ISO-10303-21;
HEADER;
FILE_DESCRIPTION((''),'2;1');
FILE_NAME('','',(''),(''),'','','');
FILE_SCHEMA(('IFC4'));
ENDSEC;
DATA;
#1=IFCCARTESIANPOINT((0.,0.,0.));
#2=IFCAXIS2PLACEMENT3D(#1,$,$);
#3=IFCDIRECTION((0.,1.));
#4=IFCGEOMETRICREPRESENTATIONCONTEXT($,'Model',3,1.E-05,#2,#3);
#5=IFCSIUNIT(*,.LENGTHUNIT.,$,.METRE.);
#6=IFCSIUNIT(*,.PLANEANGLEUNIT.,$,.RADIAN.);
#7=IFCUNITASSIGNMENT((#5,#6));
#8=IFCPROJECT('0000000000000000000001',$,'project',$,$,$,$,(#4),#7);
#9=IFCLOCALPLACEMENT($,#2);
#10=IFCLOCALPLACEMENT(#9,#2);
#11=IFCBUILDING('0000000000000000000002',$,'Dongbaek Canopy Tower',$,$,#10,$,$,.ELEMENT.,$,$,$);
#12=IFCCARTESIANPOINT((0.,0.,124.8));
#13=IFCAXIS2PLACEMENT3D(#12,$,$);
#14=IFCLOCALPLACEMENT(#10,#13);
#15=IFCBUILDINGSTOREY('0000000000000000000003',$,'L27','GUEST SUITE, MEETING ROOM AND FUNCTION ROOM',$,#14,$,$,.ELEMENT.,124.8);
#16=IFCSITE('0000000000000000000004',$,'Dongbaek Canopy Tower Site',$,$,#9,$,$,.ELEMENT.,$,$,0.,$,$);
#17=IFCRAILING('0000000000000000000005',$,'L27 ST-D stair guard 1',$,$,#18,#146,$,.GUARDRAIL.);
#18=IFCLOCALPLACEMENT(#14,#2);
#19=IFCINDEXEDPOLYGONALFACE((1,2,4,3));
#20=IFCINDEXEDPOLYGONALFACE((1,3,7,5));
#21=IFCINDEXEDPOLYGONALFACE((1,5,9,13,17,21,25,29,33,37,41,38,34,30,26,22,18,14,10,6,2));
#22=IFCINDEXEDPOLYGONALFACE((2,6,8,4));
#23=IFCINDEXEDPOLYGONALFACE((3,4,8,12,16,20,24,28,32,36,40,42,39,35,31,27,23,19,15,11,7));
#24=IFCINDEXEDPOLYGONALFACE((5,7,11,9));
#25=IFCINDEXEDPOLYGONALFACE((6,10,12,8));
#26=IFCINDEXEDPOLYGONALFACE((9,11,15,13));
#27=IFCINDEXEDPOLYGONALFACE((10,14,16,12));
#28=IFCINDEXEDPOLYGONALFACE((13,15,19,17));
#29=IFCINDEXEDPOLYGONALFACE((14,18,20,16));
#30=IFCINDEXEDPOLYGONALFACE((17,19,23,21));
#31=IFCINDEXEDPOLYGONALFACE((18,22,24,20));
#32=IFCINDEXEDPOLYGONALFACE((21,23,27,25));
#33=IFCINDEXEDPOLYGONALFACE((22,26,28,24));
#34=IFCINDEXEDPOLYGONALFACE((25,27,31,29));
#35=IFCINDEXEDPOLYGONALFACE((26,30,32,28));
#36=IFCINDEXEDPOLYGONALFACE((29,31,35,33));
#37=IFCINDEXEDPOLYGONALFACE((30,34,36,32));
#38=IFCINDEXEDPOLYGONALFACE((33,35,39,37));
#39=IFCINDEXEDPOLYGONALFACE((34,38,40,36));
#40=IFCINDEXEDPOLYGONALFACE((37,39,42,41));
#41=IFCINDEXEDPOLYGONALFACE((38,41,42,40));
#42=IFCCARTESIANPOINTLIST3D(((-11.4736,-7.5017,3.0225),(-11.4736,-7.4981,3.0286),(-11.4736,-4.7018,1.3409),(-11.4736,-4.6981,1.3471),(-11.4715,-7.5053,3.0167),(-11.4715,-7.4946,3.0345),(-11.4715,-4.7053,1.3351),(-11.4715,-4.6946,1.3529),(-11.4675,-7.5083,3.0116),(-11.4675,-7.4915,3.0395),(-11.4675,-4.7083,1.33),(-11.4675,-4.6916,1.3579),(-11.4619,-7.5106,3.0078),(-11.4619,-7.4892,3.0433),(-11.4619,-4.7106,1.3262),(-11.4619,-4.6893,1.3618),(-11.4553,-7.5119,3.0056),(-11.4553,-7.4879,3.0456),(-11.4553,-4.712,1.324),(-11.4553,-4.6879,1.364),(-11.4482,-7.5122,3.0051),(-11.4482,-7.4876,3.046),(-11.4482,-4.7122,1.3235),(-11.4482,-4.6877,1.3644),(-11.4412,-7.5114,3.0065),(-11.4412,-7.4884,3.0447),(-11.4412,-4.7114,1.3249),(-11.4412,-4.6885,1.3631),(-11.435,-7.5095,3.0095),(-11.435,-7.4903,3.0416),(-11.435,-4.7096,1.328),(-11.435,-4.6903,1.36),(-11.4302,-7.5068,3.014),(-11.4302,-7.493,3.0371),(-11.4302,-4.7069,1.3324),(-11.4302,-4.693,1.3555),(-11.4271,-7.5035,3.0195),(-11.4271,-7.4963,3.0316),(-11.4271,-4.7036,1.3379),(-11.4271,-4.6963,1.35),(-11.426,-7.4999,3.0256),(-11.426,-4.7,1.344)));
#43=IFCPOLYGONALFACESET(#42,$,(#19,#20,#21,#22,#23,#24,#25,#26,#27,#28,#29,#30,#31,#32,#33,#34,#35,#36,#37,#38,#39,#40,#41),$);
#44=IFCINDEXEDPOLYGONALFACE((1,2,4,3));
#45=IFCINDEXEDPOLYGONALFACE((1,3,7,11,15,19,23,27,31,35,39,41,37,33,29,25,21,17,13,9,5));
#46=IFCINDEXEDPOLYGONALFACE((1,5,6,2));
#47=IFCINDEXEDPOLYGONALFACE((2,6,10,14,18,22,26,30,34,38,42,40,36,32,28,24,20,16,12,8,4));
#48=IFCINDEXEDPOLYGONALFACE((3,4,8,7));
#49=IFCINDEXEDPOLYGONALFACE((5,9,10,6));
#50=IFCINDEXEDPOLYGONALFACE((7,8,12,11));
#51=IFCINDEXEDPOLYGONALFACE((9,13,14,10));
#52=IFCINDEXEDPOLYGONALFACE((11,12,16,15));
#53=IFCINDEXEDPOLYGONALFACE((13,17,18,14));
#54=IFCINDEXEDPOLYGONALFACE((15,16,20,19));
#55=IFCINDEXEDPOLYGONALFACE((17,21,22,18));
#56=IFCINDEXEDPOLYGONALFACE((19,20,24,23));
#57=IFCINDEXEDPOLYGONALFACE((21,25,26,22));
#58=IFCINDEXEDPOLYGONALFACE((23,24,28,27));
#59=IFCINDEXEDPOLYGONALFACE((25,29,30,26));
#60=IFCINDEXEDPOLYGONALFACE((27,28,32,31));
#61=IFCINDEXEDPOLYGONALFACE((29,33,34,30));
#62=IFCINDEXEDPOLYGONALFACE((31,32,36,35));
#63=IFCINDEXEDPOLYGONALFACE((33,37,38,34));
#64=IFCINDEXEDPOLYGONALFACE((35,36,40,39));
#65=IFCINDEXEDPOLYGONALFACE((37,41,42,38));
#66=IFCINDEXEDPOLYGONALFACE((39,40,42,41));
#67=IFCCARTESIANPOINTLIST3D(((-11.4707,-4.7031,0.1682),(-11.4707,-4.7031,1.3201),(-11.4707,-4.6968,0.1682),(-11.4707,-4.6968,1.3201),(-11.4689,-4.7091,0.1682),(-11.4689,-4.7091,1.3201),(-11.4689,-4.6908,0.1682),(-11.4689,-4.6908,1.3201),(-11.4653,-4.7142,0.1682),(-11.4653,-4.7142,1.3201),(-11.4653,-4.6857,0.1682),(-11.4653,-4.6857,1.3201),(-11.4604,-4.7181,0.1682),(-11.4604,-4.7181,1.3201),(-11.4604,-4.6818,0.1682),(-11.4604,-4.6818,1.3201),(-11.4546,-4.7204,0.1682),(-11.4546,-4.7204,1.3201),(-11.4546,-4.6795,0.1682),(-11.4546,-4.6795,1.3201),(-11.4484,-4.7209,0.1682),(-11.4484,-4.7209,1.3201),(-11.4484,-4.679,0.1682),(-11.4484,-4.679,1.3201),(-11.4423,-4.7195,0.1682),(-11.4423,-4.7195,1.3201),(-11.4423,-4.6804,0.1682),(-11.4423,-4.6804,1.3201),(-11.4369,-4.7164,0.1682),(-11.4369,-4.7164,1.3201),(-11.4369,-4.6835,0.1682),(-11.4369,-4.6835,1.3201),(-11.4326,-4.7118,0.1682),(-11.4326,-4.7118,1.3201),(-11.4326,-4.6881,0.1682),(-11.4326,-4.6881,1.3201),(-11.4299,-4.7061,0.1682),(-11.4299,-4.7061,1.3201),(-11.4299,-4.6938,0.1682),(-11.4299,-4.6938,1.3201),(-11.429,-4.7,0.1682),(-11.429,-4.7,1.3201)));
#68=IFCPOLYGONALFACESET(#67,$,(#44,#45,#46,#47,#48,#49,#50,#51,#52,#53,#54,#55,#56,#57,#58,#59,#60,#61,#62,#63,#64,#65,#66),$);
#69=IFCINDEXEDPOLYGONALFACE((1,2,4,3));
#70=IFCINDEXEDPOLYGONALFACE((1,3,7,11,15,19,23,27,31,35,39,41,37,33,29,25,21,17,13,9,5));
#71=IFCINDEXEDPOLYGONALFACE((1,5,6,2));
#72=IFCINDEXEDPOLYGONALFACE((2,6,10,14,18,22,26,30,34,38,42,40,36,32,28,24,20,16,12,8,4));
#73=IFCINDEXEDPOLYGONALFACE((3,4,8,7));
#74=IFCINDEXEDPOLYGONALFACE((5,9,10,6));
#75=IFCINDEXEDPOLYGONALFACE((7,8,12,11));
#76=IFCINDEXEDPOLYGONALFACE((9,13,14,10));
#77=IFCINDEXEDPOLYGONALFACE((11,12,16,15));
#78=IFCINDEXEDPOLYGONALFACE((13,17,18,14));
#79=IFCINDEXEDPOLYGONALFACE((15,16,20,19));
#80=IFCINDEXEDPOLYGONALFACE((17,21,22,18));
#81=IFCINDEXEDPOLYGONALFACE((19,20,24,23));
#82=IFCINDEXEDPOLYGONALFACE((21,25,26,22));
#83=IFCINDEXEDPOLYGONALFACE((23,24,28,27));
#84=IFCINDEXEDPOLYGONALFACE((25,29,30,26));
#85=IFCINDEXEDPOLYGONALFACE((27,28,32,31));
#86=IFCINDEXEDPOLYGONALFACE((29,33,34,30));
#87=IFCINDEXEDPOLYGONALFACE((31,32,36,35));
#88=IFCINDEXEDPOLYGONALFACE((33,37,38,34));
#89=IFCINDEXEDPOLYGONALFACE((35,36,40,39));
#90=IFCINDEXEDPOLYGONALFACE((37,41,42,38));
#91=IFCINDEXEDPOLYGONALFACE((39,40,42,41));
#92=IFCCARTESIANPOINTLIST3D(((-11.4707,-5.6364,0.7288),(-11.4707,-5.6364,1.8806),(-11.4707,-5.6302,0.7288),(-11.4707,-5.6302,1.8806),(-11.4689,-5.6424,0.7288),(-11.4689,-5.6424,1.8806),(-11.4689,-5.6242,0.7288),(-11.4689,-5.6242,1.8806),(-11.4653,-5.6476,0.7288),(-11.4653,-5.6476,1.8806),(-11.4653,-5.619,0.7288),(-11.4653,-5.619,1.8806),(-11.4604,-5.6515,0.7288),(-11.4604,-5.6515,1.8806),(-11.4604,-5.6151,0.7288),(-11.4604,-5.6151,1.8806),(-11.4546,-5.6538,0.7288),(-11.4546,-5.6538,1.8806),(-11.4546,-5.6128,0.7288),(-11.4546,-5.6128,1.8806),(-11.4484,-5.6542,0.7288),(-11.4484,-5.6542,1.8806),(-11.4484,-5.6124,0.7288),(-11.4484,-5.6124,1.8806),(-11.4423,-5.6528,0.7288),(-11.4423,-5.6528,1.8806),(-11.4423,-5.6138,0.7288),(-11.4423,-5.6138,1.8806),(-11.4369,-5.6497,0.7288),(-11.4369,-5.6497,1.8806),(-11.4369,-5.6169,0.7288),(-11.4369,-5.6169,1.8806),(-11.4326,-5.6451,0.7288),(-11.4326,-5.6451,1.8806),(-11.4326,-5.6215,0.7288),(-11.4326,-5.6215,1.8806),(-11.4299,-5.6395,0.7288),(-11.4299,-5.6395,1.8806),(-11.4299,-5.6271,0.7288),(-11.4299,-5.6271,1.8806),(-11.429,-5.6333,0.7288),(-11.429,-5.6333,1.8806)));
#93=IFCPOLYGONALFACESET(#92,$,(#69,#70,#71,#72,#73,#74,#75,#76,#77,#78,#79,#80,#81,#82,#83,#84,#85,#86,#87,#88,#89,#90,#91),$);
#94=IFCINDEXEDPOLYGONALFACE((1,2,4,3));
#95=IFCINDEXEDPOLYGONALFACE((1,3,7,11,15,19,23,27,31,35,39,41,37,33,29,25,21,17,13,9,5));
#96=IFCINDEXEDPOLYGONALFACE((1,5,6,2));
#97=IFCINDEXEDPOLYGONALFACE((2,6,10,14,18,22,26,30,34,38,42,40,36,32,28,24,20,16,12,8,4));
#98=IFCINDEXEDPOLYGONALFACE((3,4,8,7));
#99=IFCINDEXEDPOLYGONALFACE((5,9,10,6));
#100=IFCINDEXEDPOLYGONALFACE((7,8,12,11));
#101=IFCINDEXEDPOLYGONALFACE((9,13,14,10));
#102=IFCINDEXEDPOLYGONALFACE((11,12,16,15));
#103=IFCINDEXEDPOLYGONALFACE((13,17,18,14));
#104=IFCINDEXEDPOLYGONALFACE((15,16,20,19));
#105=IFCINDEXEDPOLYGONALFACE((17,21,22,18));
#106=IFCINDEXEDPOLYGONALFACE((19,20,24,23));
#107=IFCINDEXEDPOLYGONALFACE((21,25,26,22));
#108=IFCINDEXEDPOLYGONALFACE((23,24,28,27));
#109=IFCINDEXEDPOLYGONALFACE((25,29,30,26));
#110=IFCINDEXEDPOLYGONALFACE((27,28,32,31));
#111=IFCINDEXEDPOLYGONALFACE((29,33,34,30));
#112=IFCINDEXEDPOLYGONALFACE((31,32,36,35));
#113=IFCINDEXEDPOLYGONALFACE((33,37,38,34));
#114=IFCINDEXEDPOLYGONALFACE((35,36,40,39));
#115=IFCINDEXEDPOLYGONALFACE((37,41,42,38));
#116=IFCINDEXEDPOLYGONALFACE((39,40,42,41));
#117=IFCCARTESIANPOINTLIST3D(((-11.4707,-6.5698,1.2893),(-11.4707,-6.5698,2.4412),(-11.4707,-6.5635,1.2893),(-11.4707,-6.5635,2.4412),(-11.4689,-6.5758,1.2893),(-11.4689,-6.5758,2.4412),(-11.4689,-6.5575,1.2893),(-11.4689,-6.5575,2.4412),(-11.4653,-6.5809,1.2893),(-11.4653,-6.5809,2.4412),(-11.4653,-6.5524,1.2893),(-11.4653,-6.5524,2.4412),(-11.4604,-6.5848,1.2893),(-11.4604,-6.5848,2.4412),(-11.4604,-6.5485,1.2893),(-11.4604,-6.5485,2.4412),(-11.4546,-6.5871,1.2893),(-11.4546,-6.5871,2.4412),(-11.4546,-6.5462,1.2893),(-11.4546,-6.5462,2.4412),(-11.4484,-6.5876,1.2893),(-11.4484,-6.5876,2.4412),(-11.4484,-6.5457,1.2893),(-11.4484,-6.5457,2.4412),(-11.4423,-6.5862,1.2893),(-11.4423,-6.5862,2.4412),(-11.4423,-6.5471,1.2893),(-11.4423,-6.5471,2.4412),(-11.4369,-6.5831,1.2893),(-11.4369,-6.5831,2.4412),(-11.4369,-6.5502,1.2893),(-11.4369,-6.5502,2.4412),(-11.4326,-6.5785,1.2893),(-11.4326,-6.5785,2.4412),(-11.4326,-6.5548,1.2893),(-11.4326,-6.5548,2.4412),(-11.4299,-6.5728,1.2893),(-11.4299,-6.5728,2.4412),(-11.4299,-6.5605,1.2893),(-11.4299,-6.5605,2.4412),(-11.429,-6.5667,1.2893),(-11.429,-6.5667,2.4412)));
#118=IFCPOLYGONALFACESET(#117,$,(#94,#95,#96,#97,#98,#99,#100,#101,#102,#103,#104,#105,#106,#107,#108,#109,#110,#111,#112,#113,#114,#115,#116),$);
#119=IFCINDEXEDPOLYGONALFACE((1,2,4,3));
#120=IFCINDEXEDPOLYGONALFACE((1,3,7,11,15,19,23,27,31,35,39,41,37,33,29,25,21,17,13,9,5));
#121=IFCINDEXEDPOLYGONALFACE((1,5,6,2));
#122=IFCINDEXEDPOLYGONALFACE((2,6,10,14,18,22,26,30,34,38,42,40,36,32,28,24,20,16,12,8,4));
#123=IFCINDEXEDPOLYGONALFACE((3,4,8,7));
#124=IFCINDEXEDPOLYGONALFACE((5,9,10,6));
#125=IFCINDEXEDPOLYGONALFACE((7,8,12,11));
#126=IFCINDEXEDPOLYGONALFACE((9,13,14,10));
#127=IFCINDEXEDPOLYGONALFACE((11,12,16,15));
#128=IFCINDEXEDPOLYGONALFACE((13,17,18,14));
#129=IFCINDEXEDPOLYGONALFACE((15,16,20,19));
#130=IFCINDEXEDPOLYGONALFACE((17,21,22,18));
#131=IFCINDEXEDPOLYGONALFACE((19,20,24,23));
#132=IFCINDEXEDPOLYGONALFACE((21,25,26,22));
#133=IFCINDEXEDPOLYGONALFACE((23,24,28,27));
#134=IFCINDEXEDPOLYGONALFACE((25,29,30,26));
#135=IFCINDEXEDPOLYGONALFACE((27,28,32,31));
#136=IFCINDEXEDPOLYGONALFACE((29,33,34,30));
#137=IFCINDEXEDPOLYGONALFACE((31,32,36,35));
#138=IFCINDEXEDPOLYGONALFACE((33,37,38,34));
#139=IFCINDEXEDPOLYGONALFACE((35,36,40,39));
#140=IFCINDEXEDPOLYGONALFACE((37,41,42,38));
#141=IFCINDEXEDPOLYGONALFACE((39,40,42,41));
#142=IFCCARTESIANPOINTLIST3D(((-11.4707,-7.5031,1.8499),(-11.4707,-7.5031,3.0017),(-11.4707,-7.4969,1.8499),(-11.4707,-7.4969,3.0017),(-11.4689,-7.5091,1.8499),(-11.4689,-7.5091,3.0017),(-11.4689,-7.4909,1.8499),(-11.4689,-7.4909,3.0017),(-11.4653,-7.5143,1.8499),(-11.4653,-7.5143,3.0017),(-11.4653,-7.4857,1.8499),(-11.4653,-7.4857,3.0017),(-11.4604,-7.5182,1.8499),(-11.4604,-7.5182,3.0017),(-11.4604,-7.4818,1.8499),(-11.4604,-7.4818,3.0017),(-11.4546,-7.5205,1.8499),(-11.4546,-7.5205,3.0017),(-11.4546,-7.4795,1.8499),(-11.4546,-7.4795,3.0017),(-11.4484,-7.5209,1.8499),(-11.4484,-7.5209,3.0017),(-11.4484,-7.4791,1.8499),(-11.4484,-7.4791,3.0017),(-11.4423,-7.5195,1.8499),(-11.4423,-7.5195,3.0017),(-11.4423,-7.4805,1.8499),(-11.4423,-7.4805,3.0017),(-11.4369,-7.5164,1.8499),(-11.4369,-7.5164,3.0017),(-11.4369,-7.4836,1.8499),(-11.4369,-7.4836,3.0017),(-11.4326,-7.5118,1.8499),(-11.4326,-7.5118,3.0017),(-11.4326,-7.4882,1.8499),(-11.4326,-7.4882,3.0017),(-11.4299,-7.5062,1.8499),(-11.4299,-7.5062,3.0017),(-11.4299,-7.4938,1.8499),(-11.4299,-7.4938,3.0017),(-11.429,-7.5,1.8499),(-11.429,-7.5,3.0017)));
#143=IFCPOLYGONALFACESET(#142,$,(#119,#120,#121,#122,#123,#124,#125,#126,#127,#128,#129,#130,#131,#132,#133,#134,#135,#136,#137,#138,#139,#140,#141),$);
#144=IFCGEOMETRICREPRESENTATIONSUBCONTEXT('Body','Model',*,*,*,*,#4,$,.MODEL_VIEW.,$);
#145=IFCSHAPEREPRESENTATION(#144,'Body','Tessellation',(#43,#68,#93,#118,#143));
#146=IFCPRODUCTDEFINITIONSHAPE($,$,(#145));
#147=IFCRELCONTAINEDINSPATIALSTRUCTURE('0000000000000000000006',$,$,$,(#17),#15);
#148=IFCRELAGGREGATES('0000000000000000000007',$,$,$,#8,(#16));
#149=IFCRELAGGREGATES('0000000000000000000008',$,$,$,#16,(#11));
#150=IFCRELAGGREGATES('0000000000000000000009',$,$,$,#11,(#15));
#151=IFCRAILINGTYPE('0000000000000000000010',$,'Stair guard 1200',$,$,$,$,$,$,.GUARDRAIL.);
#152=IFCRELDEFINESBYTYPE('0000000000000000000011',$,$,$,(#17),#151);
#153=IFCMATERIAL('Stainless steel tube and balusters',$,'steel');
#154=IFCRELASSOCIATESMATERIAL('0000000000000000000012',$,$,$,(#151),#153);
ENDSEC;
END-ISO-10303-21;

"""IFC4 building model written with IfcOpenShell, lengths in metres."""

from ifc_helpers import new_model, si_unit, direction, frame, origin, origin_2d, place, context, subcontext, project, spatial, circle, extrude, material, type_object, element, save


model = new_model("IFC4")

# Units and contexts
model_context = context("Model", 3, precision=1e-05, world=origin(), true_north=direction((0.0, 1.0)))
body_context = subcontext(model_context, "Body", "Model", "MODEL_VIEW")
ifc_project = project(units=[si_unit("LENGTHUNIT", "METRE"), si_unit("PLANEANGLEUNIT", "RADIAN")], contexts=[model_context])

# Site, building, storey
site_placement = place(None, origin())
site = spatial("IfcSite", under=ifc_project, at=site_placement, Name="Dongbaek Canopy Tower Site", CompositionType="ELEMENT", RefElevation=0.0)
building_placement = place(site_placement, origin())
building = spatial("IfcBuilding", under=site, at=building_placement, Name="Dongbaek Canopy Tower", CompositionType="ELEMENT")
storey_placement = place(building_placement, frame((0.0, 0.0, 124.8)))
storey = spatial("IfcBuildingStorey", under=building, at=storey_placement, Name="L27", Description="GUEST SUITE, MEETING ROOM AND FUNCTION ROOM", CompositionType="ELEMENT", Elevation=124.8)

# Railing
ifc_material_1 = material(Name="Stainless steel tube and balusters", Category="steel")
railing_type_1 = type_object("IfcRailingType", Name="Stair guard 1200", PredefinedType="GUARDRAIL", material=ifc_material_1)
railing_1_placement = place(storey_placement, frame((-11.45, -4.7, 0.1682)))
element("IfcRailing", 1, at=railing_1_placement, inside=storey, type_object=railing_type_1, Name="L27 ST-D stair guard 1", PredefinedType="GUARDRAIL", context=body_context, shape_type="SweptSolid", body=[
    extrude(circle(Radius=0.0239, at=origin_2d()), frame((0.0, 0.0, 1.1758), z_axis=(0.0, -0.857275, 0.514858), x_axis=(1.0, 0.0, 0.0)), (0.0, 0.0, 1.0), 3.2661),
    extrude(circle(Radius=0.021, at=origin_2d()), origin(), (0.0, 0.0, 1.0), 1.1519),
    extrude(circle(Radius=0.021, at=origin_2d()), frame((0.0, -0.9333, 0.5605)), (0.0, 0.0, 1.0), 1.1519),
    extrude(circle(Radius=0.021, at=origin_2d()), frame((0.0, -1.8667, 1.1211)), (0.0, 0.0, 1.0), 1.1519),
    extrude(circle(Radius=0.021, at=origin_2d()), frame((0.0, -2.8, 1.6816)), (0.0, 0.0, 1.0), 1.1519),
])

save(model, "model.ifc")
